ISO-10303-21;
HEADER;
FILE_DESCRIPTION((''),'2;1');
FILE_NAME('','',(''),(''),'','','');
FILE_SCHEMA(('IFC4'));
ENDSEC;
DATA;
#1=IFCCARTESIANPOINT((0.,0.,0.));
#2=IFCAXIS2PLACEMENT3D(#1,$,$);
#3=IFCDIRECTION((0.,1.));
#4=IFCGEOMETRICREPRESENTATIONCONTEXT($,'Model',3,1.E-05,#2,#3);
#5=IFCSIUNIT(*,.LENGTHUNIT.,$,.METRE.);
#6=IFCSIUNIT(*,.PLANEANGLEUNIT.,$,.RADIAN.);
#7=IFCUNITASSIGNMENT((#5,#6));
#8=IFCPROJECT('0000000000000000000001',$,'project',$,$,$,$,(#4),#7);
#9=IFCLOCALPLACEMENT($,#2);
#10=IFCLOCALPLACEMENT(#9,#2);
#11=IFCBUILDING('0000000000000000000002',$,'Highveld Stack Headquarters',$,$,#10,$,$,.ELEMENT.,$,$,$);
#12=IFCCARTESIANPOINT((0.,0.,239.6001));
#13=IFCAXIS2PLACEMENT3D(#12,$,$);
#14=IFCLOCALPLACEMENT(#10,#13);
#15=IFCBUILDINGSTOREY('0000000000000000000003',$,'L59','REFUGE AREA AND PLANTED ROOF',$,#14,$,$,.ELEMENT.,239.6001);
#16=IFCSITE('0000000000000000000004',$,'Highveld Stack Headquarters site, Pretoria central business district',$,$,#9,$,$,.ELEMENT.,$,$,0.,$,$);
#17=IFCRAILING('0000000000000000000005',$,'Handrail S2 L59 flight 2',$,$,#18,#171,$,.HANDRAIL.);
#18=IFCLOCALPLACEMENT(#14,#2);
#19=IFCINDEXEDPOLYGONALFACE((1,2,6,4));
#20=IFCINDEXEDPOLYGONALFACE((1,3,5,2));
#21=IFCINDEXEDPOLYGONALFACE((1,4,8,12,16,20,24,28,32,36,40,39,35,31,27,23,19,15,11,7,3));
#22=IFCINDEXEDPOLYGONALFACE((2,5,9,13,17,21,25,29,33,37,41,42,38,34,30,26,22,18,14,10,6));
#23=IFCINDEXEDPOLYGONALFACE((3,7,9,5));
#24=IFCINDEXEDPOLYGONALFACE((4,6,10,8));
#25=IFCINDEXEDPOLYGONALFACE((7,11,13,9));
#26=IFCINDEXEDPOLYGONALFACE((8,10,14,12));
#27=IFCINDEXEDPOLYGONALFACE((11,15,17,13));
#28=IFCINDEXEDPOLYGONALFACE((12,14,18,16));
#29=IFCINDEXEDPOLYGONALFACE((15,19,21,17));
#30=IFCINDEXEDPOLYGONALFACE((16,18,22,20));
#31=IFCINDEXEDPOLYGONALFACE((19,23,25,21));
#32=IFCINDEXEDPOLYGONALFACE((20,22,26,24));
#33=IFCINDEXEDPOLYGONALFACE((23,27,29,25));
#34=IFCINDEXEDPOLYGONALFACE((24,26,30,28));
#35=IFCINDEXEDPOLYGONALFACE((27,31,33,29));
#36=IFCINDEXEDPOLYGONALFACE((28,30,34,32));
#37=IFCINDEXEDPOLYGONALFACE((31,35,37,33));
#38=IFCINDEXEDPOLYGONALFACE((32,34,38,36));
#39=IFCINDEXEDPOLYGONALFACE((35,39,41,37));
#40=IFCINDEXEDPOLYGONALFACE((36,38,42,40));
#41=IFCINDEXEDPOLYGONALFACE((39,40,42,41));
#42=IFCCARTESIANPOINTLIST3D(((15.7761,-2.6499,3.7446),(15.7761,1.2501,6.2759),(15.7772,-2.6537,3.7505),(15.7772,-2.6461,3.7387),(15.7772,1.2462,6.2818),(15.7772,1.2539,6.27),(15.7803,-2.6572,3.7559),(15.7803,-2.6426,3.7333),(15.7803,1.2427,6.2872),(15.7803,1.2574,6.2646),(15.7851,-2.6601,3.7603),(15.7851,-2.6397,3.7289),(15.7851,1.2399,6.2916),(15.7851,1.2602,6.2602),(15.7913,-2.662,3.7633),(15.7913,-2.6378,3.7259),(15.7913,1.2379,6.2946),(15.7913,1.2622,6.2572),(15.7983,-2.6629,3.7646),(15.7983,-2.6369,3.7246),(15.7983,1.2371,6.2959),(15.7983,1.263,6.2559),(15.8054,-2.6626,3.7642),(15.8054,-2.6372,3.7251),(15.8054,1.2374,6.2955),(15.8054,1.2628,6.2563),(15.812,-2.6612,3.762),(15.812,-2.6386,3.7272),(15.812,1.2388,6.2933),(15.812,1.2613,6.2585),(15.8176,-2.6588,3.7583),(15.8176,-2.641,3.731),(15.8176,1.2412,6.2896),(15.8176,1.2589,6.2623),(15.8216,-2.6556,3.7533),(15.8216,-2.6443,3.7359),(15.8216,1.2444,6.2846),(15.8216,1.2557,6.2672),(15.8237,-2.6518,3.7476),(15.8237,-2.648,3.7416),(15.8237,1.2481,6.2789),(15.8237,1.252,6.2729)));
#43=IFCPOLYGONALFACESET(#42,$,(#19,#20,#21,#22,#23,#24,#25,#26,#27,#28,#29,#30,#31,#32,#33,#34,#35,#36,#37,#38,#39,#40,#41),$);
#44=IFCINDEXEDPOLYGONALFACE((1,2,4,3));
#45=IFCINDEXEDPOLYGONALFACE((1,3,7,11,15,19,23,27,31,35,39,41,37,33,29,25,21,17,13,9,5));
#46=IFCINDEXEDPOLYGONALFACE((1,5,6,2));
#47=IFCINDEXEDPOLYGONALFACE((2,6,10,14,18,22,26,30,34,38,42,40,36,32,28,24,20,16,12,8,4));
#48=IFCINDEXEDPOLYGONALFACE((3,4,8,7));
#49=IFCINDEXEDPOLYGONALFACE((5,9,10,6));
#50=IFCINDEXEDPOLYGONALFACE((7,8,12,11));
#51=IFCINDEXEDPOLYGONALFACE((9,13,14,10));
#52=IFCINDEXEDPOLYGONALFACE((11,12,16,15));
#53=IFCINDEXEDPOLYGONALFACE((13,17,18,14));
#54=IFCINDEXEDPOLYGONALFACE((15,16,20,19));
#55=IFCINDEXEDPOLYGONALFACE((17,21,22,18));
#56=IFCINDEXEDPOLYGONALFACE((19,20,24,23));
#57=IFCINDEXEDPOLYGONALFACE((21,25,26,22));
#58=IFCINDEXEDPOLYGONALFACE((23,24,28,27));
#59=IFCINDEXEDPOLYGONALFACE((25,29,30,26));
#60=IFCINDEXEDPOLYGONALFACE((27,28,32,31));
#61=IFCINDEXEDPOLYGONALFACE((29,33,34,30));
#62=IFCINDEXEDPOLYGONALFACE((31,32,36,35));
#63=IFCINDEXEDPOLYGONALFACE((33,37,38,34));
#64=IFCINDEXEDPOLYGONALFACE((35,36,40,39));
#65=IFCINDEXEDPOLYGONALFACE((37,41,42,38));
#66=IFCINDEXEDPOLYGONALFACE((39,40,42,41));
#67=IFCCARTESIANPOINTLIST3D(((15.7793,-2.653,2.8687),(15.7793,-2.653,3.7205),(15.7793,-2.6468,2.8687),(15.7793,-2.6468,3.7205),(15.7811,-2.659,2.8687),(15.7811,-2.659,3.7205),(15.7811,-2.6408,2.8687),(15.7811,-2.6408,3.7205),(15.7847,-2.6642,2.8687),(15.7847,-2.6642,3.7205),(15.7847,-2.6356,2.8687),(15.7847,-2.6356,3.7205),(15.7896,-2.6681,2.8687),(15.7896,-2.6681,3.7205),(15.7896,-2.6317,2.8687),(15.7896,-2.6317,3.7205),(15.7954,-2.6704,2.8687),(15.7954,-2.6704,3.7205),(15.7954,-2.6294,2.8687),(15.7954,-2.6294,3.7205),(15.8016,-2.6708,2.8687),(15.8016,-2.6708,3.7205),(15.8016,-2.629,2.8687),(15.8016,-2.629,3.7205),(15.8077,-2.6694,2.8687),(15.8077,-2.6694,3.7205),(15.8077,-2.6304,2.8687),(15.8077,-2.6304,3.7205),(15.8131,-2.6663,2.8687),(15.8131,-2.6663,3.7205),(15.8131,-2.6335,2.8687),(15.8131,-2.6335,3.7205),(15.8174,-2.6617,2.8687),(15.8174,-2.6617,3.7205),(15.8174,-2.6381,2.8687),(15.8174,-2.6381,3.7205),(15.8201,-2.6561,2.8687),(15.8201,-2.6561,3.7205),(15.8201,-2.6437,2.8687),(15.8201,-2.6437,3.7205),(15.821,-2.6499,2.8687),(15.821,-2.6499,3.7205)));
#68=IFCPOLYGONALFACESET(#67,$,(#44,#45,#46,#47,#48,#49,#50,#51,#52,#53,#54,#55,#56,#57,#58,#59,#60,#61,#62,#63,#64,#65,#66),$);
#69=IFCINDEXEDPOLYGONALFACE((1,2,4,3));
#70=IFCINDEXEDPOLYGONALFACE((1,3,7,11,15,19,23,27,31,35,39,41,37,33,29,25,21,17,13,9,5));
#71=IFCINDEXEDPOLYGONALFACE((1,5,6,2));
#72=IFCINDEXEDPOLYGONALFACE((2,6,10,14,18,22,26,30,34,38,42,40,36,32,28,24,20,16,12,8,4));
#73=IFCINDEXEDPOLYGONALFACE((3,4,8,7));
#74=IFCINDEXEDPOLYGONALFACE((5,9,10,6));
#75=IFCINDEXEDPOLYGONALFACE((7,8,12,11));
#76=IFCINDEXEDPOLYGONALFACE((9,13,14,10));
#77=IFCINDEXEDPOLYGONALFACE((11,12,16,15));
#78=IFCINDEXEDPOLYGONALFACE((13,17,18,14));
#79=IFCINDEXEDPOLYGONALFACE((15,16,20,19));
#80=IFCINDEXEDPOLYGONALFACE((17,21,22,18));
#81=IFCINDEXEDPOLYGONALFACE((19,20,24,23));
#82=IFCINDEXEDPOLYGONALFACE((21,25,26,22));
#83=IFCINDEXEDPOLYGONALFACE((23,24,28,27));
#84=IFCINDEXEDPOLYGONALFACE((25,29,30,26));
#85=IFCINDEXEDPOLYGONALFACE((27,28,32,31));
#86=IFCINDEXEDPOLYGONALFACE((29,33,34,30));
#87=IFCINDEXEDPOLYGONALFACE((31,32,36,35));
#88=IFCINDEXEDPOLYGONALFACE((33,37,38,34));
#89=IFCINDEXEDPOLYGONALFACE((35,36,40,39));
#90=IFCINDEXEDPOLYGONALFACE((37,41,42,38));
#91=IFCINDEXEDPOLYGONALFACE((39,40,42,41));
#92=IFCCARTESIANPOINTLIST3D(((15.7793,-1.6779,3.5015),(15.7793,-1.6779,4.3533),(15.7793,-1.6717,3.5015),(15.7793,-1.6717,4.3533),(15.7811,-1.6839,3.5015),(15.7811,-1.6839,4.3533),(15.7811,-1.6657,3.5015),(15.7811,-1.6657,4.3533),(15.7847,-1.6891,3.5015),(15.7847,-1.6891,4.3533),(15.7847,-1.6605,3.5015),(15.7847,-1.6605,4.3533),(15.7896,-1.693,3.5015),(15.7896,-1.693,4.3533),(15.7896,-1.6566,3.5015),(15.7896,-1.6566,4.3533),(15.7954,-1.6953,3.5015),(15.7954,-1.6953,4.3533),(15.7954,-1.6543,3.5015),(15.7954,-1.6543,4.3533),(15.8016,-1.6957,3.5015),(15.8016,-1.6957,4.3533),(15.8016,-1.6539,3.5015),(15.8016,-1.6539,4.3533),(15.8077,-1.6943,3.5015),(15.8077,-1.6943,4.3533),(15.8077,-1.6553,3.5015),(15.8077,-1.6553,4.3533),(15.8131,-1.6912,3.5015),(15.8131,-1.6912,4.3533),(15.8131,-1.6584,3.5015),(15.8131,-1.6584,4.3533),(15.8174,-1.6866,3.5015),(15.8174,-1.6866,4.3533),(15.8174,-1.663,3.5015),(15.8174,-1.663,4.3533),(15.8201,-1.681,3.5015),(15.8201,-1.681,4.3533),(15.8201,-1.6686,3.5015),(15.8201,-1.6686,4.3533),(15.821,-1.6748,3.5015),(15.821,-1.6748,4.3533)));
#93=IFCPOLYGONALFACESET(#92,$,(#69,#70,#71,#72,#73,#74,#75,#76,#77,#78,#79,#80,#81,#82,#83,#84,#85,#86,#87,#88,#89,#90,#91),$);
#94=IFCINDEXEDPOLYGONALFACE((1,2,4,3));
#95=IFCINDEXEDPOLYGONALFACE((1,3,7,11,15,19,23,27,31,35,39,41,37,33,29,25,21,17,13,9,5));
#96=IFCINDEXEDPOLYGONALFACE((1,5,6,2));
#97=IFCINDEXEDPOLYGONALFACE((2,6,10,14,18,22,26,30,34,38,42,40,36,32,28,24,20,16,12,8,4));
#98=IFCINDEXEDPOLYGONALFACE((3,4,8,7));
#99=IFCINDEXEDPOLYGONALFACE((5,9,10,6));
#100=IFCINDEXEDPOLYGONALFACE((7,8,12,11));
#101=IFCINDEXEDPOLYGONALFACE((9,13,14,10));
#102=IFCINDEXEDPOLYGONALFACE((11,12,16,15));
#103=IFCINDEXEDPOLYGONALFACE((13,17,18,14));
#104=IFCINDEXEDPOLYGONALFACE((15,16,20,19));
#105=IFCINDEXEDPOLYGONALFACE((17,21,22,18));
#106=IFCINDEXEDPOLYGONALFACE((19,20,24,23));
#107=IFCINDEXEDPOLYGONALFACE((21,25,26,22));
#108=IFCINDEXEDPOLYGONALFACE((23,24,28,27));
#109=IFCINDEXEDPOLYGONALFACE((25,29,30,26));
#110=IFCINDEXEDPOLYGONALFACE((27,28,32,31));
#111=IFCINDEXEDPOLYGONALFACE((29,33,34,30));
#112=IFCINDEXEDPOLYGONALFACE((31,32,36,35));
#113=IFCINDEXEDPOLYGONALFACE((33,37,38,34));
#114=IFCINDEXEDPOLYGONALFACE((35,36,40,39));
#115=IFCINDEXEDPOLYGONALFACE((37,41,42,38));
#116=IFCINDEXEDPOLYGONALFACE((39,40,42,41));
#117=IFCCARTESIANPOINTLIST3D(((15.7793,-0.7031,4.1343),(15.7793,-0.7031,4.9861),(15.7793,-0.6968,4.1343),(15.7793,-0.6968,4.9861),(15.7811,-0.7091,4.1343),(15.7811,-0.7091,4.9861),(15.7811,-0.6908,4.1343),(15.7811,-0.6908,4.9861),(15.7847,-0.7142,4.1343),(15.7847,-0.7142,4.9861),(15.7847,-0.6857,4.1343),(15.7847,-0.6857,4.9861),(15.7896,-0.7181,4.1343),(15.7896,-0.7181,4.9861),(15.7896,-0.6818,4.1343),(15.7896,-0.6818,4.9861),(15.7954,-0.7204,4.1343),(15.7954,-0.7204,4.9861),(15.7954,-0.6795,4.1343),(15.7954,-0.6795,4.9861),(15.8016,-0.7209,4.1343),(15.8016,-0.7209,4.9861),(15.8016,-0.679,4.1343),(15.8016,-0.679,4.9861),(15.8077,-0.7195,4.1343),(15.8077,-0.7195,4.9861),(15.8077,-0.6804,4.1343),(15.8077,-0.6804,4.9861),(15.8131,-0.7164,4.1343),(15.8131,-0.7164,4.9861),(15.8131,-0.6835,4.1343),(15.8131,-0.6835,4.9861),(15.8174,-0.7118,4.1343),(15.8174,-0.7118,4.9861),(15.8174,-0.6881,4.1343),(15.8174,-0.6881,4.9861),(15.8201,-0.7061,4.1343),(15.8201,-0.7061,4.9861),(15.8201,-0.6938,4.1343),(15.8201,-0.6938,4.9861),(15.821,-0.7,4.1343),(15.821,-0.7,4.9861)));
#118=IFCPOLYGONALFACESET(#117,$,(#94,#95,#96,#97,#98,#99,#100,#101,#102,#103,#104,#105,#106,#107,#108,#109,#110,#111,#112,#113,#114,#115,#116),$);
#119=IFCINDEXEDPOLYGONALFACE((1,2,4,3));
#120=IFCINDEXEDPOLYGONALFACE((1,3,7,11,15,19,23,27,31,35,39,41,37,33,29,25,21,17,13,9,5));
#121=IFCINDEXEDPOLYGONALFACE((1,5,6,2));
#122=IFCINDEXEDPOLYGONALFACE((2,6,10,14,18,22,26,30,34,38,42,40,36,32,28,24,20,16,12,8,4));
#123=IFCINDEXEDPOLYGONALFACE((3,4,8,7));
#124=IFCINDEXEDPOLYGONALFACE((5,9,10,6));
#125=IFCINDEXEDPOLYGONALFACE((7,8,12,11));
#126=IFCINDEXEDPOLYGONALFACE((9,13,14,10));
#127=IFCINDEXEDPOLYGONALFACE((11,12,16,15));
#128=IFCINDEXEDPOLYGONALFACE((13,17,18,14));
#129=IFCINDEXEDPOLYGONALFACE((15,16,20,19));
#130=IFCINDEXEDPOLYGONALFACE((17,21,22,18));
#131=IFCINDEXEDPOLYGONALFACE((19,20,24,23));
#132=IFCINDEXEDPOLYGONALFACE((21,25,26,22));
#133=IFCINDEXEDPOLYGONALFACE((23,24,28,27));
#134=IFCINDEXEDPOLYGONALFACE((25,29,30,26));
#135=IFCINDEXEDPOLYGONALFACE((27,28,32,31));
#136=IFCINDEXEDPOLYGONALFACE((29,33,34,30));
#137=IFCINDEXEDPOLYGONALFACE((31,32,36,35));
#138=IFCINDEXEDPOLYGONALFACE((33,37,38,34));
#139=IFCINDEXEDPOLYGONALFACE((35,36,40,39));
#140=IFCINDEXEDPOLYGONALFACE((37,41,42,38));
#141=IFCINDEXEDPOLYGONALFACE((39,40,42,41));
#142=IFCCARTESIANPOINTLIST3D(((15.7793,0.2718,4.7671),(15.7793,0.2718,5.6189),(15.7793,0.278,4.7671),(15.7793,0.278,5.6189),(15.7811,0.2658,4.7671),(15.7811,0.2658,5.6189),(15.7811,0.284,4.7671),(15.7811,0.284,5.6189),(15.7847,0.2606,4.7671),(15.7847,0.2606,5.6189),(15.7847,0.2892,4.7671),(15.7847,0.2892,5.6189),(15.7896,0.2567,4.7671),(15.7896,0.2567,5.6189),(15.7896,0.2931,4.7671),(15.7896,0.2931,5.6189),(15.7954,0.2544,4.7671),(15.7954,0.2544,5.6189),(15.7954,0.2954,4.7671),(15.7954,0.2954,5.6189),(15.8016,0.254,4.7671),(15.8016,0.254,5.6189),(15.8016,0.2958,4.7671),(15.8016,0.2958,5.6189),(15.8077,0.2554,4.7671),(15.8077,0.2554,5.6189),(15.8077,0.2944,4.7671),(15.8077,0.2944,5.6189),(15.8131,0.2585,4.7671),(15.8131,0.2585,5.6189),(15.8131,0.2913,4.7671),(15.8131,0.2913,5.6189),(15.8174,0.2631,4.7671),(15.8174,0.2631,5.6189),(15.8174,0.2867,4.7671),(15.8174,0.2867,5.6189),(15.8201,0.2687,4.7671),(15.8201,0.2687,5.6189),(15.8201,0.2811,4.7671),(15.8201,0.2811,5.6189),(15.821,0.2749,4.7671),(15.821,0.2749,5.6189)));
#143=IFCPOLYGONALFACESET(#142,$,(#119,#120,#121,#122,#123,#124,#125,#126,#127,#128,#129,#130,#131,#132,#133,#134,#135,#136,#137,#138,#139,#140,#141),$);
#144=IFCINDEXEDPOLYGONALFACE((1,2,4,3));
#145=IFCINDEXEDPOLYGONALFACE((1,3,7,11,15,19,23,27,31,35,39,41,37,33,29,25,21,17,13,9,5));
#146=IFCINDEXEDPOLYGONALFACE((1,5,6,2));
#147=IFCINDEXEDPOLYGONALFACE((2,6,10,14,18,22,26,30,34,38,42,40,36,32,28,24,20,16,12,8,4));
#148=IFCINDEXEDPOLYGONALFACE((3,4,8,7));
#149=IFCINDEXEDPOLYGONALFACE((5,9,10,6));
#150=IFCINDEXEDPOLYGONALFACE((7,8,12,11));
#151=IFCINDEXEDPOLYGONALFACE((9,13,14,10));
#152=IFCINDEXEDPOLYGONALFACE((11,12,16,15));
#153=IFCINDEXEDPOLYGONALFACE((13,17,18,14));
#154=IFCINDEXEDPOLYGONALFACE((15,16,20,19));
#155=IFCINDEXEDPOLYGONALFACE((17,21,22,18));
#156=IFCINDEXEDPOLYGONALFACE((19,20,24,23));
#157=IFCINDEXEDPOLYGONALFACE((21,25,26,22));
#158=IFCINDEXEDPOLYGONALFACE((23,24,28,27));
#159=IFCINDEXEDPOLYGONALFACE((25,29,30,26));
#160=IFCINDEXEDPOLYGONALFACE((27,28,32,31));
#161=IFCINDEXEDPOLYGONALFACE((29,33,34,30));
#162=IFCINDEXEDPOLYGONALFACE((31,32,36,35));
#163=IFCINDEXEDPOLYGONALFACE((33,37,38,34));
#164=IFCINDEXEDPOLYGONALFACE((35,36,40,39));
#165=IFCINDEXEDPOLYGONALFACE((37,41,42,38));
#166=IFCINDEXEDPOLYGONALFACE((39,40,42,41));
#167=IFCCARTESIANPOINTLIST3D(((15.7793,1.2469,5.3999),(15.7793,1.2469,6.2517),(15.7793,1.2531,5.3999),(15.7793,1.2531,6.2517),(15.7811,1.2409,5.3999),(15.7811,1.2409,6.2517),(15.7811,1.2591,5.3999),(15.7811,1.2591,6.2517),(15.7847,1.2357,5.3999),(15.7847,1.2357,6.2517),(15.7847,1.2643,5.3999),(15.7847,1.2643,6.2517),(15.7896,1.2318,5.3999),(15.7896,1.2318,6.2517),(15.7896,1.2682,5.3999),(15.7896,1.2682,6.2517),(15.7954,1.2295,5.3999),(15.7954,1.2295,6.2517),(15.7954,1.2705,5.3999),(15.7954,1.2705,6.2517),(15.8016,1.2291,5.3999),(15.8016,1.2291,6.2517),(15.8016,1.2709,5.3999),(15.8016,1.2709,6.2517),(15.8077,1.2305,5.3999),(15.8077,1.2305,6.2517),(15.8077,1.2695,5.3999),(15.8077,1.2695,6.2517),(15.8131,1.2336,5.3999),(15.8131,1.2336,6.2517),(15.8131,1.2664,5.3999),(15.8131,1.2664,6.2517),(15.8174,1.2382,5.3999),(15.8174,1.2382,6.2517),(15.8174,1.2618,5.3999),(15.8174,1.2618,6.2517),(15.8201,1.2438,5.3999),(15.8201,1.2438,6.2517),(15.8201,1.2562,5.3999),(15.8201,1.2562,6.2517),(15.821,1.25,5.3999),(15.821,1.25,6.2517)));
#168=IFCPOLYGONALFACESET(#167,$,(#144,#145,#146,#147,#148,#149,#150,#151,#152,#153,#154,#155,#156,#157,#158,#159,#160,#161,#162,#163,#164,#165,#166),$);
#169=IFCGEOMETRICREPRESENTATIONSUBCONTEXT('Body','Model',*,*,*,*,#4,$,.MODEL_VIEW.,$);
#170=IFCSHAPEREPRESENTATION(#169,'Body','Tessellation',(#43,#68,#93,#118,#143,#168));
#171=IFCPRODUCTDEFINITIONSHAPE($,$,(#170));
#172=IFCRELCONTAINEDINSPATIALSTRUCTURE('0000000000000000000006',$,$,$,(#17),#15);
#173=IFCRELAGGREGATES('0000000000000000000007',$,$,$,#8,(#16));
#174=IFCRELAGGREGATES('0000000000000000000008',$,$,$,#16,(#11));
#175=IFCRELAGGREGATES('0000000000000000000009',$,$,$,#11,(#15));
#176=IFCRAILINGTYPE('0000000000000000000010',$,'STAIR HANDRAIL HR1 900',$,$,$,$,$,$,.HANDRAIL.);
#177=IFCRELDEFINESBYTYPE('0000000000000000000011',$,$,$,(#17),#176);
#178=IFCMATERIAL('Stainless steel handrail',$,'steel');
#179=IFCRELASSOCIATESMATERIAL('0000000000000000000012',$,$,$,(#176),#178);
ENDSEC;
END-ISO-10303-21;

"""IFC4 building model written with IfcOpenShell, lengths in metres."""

from ifc_helpers import new_model, si_unit, direction, frame, origin, origin_2d, place, context, subcontext, project, spatial, circle, extrude, material, type_object, element, save


model = new_model("IFC4")

# Units and contexts
model_context = context("Model", 3, precision=1e-05, world=origin(), true_north=direction((0.0, 1.0)))
body_context = subcontext(model_context, "Body", "Model", "MODEL_VIEW")
ifc_project = project(units=[si_unit("LENGTHUNIT", "METRE"), si_unit("PLANEANGLEUNIT", "RADIAN")], contexts=[model_context])

# Site, building, storey
site_placement = place(None, origin())
site = spatial("IfcSite", under=ifc_project, at=site_placement, Name="Highveld Stack Headquarters site, Pretoria central business district", CompositionType="ELEMENT", RefElevation=0.0)
building_placement = place(site_placement, origin())
building = spatial("IfcBuilding", under=site, at=building_placement, Name="Highveld Stack Headquarters", CompositionType="ELEMENT")
storey_placement = place(building_placement, frame((0.0, 0.0, 239.6001)))
storey = spatial("IfcBuildingStorey", under=building, at=storey_placement, Name="L59", Description="REFUGE AREA AND PLANTED ROOF", CompositionType="ELEMENT", Elevation=239.6001)

# Railing
ifc_material_1 = material(Name="Stainless steel handrail", Category="steel")
railing_type = type_object("IfcRailingType", Name="STAIR HANDRAIL HR1 900", PredefinedType="HANDRAIL", material=ifc_material_1)
for number, where, name in (
    (1, (15.8, -2.6499, 2.8687), "Handrail S2 L59 flight 2"),
):
    element("IfcRailing", number, at=place(storey_placement, frame(where)), inside=storey, type_object=railing_type, Name=name, PredefinedType="HANDRAIL", context=body_context, shape_type="SweptSolid", body=[
        extrude(circle(Radius=0.0239, at=origin_2d()), frame((0.0, 0.0, 0.876), z_axis=(0.0, 0.838806, 0.544431), x_axis=(-1.0, 0.0, 0.0)), (0.0, 0.0, 1.0), 4.6494),
        extrude(circle(Radius=0.021, at=origin_2d()), origin(), (0.0, 0.0, 1.0), 0.8518),
        extrude(circle(Radius=0.021, at=origin_2d()), frame((0.0, 0.9751, 0.6328)), (0.0, 0.0, 1.0), 0.8518),
        extrude(circle(Radius=0.021, at=origin_2d()), frame((0.0, 1.95, 1.2656)), (0.0, 0.0, 1.0), 0.8518),
        extrude(circle(Radius=0.021, at=origin_2d()), frame((0.0, 2.9248, 1.8984)), (0.0, 0.0, 1.0), 0.8518),
        extrude(circle(Radius=0.021, at=origin_2d()), frame((0.0, 3.8999, 2.5312)), (0.0, 0.0, 1.0), 0.8518),
    ])

save(model, "model.ifc")
